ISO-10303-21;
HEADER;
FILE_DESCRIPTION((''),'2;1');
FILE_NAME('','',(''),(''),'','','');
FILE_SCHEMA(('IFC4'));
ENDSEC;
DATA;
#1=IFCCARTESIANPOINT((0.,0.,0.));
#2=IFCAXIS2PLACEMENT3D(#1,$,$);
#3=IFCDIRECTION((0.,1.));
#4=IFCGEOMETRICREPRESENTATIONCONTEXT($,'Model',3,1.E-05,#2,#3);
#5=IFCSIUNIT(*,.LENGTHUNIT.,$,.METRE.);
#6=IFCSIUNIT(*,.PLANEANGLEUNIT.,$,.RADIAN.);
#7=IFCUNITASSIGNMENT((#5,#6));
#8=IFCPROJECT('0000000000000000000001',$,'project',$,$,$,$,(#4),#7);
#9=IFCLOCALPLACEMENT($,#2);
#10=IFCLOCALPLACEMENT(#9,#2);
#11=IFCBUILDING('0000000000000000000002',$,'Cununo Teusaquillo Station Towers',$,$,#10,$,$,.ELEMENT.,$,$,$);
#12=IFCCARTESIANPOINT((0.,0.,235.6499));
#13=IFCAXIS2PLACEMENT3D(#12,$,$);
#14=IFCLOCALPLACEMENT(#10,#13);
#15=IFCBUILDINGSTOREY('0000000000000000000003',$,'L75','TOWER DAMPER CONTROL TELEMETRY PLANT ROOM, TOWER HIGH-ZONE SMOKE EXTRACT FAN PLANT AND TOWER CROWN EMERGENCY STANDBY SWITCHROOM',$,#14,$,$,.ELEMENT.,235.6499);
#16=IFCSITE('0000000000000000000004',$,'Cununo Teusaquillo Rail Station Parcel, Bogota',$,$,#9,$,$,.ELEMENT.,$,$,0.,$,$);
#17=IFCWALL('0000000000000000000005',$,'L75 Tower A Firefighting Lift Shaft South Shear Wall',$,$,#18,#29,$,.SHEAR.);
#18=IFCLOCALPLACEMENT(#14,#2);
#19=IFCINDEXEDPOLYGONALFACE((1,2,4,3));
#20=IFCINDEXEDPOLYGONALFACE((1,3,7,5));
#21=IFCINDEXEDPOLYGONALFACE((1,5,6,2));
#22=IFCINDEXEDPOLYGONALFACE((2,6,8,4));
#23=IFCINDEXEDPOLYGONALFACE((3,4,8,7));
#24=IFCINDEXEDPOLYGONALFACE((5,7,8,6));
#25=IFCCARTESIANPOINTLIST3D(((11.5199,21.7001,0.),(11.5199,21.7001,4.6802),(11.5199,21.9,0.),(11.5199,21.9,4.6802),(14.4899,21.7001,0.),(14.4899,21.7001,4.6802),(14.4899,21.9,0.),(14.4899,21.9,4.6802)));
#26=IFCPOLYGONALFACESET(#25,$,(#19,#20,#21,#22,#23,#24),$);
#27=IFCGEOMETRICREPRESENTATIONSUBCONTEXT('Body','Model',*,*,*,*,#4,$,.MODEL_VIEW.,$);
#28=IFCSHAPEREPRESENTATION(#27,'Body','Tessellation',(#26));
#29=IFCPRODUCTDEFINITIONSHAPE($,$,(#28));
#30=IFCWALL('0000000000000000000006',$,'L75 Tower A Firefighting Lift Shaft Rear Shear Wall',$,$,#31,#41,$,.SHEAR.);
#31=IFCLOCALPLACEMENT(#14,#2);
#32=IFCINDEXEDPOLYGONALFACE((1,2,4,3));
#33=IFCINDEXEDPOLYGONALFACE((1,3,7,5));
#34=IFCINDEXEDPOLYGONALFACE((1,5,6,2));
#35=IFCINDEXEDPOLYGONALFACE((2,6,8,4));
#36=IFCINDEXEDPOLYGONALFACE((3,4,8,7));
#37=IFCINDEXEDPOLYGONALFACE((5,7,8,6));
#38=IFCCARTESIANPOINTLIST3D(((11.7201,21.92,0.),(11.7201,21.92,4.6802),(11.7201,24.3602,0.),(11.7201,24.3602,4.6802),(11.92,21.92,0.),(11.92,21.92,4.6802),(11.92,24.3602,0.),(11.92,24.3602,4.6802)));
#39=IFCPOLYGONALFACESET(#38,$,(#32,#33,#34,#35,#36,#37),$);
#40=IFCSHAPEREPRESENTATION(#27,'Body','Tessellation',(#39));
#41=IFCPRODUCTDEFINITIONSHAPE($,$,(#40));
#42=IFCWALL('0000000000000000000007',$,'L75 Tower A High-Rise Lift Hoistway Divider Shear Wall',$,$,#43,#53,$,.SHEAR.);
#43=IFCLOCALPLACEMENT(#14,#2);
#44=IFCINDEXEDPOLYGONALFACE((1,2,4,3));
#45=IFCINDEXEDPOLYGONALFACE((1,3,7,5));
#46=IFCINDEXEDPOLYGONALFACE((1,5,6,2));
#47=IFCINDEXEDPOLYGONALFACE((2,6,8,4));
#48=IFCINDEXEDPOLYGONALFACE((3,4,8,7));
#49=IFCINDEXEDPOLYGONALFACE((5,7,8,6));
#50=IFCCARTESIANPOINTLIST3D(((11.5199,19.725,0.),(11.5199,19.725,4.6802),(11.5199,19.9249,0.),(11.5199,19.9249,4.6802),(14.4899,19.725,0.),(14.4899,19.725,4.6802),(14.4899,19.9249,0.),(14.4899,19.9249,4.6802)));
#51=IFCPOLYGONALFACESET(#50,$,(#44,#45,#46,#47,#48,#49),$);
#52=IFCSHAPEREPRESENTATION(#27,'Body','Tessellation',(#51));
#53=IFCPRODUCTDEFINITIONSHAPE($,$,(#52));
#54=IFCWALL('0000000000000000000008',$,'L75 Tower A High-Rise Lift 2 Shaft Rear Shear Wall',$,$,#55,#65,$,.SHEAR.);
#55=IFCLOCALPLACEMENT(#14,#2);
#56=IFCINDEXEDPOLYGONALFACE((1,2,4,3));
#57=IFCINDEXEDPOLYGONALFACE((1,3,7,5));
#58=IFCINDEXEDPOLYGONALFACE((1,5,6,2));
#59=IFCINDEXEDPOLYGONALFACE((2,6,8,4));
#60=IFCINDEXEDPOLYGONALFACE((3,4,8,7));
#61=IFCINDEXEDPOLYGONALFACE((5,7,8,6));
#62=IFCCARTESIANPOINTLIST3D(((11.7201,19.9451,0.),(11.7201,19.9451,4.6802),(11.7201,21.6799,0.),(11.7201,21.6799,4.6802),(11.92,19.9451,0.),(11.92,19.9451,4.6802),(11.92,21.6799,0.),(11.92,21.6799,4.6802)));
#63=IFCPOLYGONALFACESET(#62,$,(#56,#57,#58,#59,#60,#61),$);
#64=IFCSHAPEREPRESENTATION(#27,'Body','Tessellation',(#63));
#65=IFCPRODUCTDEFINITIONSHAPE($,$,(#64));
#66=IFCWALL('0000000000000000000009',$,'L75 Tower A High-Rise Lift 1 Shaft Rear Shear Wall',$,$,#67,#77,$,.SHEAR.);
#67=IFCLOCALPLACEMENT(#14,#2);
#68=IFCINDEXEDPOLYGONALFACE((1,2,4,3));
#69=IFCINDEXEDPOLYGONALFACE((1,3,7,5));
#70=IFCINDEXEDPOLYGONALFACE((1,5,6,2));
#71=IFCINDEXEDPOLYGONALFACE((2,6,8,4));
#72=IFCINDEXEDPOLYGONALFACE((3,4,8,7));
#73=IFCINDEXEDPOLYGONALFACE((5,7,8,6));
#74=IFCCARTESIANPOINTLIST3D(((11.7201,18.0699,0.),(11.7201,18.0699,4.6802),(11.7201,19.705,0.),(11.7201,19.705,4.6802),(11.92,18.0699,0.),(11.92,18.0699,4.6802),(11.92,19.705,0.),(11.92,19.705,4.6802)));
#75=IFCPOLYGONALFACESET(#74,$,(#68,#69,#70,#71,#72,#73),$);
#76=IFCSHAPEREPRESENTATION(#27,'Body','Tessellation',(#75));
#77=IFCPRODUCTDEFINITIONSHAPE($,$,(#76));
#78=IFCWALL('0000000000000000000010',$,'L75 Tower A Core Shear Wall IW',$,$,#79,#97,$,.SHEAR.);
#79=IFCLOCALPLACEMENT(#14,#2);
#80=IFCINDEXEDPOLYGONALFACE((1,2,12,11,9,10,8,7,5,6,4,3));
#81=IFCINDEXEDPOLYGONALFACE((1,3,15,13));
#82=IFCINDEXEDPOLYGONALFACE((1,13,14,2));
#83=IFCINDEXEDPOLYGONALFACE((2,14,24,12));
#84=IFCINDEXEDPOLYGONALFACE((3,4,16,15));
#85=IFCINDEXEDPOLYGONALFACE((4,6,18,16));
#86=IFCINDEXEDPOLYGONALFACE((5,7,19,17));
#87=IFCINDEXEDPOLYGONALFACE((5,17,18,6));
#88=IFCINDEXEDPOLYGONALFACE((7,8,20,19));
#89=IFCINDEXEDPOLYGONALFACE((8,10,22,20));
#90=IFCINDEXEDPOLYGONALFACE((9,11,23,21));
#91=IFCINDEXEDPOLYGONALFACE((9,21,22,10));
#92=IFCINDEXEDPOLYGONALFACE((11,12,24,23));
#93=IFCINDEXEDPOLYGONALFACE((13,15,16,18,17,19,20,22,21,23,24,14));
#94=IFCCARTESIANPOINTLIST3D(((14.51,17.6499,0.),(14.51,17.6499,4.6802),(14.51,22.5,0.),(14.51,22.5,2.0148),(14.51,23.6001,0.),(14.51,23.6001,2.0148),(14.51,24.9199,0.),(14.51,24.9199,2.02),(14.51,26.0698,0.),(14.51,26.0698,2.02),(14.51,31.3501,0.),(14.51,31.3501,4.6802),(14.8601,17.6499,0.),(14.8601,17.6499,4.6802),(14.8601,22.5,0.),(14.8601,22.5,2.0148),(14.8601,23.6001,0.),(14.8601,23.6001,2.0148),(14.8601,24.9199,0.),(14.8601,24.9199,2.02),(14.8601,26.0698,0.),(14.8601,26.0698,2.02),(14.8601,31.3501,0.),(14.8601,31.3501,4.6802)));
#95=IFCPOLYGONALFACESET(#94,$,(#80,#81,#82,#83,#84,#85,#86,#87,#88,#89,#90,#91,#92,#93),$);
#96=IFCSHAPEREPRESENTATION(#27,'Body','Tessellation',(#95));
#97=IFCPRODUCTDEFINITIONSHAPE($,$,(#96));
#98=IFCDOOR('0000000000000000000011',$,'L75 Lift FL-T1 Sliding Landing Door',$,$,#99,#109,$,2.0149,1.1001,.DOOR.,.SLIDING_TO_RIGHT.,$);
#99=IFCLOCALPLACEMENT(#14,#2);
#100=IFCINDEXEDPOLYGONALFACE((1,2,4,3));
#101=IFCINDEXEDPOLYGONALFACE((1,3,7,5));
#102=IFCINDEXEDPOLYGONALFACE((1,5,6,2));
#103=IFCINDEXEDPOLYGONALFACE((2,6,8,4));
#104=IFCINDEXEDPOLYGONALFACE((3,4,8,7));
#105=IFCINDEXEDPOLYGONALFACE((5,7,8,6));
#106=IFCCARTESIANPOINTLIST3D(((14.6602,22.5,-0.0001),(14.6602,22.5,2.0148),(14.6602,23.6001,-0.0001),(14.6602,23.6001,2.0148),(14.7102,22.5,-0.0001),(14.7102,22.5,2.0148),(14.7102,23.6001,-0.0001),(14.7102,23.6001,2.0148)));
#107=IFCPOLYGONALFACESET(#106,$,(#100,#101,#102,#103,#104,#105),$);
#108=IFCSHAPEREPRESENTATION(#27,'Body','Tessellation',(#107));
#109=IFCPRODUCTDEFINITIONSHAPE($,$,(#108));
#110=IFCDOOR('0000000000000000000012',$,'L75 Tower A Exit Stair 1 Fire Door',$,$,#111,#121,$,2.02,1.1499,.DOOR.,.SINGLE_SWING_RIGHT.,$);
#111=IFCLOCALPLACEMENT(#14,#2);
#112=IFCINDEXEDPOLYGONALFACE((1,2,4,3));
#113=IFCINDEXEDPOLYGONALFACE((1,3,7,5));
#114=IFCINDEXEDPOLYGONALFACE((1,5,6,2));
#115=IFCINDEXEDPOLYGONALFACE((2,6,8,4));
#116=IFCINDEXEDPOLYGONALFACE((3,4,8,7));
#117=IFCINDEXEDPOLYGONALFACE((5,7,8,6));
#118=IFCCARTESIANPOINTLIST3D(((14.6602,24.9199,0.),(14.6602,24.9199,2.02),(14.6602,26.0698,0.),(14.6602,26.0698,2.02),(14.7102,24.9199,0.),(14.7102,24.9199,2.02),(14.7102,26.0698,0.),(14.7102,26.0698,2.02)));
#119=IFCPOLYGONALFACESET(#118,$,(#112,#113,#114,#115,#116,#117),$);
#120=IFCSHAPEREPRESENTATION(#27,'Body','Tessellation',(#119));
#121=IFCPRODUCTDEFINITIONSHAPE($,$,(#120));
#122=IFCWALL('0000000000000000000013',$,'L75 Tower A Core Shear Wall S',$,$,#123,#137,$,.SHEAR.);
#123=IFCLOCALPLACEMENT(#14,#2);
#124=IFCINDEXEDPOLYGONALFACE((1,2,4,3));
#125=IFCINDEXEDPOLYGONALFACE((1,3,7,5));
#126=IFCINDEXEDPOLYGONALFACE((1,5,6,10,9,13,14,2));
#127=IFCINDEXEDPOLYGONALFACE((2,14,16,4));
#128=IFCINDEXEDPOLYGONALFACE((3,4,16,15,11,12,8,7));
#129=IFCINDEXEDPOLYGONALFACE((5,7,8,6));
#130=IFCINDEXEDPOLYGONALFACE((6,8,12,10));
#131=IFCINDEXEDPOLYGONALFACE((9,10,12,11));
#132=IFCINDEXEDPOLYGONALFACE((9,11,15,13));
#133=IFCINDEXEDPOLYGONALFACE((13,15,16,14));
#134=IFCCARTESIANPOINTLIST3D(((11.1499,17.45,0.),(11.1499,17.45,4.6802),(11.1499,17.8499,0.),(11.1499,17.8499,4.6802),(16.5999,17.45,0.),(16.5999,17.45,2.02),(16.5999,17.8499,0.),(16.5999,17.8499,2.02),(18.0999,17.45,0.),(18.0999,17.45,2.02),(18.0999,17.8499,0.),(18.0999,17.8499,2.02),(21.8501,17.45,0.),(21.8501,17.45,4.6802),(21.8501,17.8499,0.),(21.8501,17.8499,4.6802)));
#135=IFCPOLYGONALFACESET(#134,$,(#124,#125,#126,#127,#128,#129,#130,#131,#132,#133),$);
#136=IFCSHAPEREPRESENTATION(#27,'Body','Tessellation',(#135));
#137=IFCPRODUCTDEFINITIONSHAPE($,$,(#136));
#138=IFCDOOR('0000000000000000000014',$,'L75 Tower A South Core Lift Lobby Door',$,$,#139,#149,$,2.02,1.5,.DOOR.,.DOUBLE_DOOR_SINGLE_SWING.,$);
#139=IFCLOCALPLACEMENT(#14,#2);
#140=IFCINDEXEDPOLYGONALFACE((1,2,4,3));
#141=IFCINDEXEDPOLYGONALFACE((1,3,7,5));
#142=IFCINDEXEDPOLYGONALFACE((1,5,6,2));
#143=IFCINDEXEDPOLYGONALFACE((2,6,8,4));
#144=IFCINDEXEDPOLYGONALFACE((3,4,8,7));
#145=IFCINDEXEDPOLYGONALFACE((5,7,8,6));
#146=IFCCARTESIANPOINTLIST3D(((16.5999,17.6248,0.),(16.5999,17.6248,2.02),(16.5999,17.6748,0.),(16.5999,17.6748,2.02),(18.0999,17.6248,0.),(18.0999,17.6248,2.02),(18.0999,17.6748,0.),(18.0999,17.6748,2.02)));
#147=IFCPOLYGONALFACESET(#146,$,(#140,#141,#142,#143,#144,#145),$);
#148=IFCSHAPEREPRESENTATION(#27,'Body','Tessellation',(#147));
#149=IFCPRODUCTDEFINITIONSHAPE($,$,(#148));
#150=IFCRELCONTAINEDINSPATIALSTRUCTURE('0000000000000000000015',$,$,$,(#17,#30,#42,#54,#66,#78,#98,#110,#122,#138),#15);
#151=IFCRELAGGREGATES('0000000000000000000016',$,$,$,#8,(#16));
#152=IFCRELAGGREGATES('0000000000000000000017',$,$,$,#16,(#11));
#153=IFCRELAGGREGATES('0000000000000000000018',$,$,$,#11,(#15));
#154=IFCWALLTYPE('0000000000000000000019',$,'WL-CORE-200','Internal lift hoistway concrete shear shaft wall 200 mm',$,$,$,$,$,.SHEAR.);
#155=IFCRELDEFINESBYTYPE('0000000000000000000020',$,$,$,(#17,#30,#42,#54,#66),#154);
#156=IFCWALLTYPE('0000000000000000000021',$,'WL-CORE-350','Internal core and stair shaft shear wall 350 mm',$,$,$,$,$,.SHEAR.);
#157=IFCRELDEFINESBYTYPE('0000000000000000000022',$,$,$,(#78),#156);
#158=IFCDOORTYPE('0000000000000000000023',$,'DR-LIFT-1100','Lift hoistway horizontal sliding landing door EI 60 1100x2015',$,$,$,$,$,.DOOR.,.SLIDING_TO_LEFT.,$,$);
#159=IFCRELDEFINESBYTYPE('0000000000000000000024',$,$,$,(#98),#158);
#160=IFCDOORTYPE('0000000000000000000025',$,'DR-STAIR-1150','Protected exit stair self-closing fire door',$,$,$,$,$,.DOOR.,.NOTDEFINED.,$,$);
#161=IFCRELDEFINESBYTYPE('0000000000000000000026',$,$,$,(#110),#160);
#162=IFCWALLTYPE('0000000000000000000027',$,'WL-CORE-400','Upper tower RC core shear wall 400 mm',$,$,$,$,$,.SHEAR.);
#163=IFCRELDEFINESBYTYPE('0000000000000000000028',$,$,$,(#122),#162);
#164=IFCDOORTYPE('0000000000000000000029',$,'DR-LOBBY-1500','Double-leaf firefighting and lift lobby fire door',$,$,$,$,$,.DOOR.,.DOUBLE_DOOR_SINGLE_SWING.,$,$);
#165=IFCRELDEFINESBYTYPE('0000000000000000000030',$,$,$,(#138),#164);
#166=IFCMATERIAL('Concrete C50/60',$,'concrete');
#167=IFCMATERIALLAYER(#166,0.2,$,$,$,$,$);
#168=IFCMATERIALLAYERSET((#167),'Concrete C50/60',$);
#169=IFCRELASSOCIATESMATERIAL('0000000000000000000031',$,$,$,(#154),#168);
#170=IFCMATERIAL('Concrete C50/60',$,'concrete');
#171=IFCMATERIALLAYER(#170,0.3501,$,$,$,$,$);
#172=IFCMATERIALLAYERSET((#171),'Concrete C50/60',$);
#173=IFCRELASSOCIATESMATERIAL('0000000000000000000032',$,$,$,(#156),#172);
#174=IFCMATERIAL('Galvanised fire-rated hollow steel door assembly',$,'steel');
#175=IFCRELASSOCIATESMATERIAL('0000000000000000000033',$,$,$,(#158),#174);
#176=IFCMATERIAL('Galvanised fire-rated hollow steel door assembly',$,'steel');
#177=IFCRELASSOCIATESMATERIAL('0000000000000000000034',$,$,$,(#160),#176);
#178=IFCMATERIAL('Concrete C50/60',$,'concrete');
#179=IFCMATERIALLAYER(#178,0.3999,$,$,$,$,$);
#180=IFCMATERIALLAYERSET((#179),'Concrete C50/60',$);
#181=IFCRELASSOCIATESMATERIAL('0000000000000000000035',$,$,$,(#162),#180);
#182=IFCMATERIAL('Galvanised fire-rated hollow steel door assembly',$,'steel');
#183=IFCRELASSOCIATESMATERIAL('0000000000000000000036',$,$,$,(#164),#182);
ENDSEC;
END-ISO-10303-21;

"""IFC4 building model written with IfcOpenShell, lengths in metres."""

from ifc_helpers import new_model, si_unit, direction, frame, frame_2d, origin, place, context, subcontext, project, spatial, rectangle, extrude, source, transform, mapped, material, layer, layer_set, type_object, element, fill, save


model = new_model("IFC4")

# Units and contexts
model_context = context("Model", 3, precision=1e-05, world=origin(), true_north=direction((0.0, 1.0)))
body_context = subcontext(model_context, "Body", "Model", "MODEL_VIEW")
ifc_project = project(units=[si_unit("LENGTHUNIT", "METRE"), si_unit("PLANEANGLEUNIT", "RADIAN")], contexts=[model_context])

# Site, building, storey
site_placement = place(None, origin())
site = spatial("IfcSite", under=ifc_project, at=site_placement, Name="Cununo Teusaquillo Rail Station Parcel, Bogota", CompositionType="ELEMENT", RefElevation=0.0)
building_placement = place(site_placement, origin())
building = spatial("IfcBuilding", under=site, at=building_placement, Name="Cununo Teusaquillo Station Towers", CompositionType="ELEMENT")
storey_placement = place(building_placement, frame((0.0, 0.0, 235.6499)))
storey = spatial("IfcBuildingStorey", under=building, at=storey_placement, Name="L75", Description="TOWER DAMPER CONTROL TELEMETRY PLANT ROOM, TOWER HIGH-ZONE SMOKE EXTRACT FAN PLANT AND TOWER CROWN EMERGENCY STANDBY SWITCHROOM", CompositionType="ELEMENT", Elevation=235.6499)

# Walls
ifc_material_1 = material(Name="Concrete C50/60", Category="concrete")
ifc_layer_1 = layer(ifc_material_1, 0.2)
ifc_layer_set_1 = layer_set([ifc_layer_1], Name="Concrete C50/60")
wall_type_1 = type_object("IfcWallType", Name="WL-CORE-200", Description="Internal lift hoistway concrete shear shaft wall 200 mm", PredefinedType="SHEAR", material=ifc_layer_set_1)
wall_1_placement = place(storey_placement, frame((11.52, 21.8, 0.0), z_axis=(0.0, 0.0, 1.0), x_axis=(1.0, 0.0, 0.0)))
element("IfcWall", 1, at=wall_1_placement, inside=storey, type_object=wall_type_1, Name="L75 Tower A Firefighting Lift Shaft South Shear Wall", PredefinedType="SHEAR", context=body_context, shape_type="SweptSolid", body=[
    extrude(rectangle(XDim=2.97, YDim=0.2, at=frame_2d((1.4849, 0.0))), origin(), (0.0, 0.0, 1.0), 4.6802),
])
wall_2_placement = place(storey_placement, frame((11.8201, 21.9199, 0.0), z_axis=(0.0, 0.0, 1.0), x_axis=(0.0, 1.0, 0.0)))
element("IfcWall", 2, at=wall_2_placement, inside=storey, type_object=wall_type_1, Name="L75 Tower A Firefighting Lift Shaft Rear Shear Wall", PredefinedType="SHEAR", context=body_context, shape_type="SweptSolid", body=[
    extrude(rectangle(XDim=2.4402, YDim=0.2, at=frame_2d((1.2202, 0.0))), origin(), (0.0, 0.0, 1.0), 4.6802),
])
wall_3_placement = place(storey_placement, frame((11.52, 19.825, 0.0), z_axis=(0.0, 0.0, 1.0), x_axis=(1.0, 0.0, 0.0)))
element("IfcWall", 3, at=wall_3_placement, inside=storey, type_object=wall_type_1, Name="L75 Tower A High-Rise Lift Hoistway Divider Shear Wall", PredefinedType="SHEAR", context=body_context, shape_type="SweptSolid", body=[
    extrude(rectangle(XDim=2.97, YDim=0.2, at=frame_2d((1.4849, 0.0))), origin(), (0.0, 0.0, 1.0), 4.6802),
])
wall_4_placement = place(storey_placement, frame((11.8201, 19.9451, 0.0), z_axis=(0.0, 0.0, 1.0), x_axis=(0.0, 1.0, 0.0)))
element("IfcWall", 4, at=wall_4_placement, inside=storey, type_object=wall_type_1, Name="L75 Tower A High-Rise Lift 2 Shaft Rear Shear Wall", PredefinedType="SHEAR", context=body_context, shape_type="SweptSolid", body=[
    extrude(rectangle(XDim=1.7349, YDim=0.2, at=frame_2d((0.8674, 0.0))), origin(), (0.0, 0.0, 1.0), 4.6802),
])
wall_5_placement = place(storey_placement, frame((11.8201, 18.0701, 0.0), z_axis=(0.0, 0.0, 1.0), x_axis=(0.0, 1.0, 0.0)))
element("IfcWall", 5, at=wall_5_placement, inside=storey, type_object=wall_type_1, Name="L75 Tower A High-Rise Lift 1 Shaft Rear Shear Wall", PredefinedType="SHEAR", context=body_context, shape_type="SweptSolid", body=[
    extrude(rectangle(XDim=1.635, YDim=0.2, at=frame_2d((0.8174, 0.0))), origin(), (0.0, 0.0, 1.0), 4.6802),
])

# Wall, openings, doors
ifc_material_2 = material(Name="Concrete C50/60", Category="concrete")
ifc_layer_2 = layer(ifc_material_2, 0.3501)
ifc_layer_set_2 = layer_set([ifc_layer_2], Name="Concrete C50/60")
wall_type_2 = type_object("IfcWallType", Name="WL-CORE-350", Description="Internal core and stair shaft shear wall 350 mm", PredefinedType="SHEAR", material=ifc_layer_set_2)
wall_6_placement = place(storey_placement, frame((14.6851, 17.6499, 0.0), z_axis=(0.0, 0.0, 1.0), x_axis=(0.0, 1.0, 0.0)))
wall_6 = element("IfcWall", 6, at=wall_6_placement, inside=storey, type_object=wall_type_2, Name="L75 Tower A Core Shear Wall IW", PredefinedType="SHEAR", context=body_context, shape_type="SweptSolid", body=[
    extrude(rectangle(XDim=13.7002, YDim=0.3501, at=frame_2d((6.8501, 0.0))), origin(), (0.0, 0.0, 1.0), 4.6802),
])
shared_shape_1 = source(origin(), body_context, "Body", "SweptSolid", [
    extrude(rectangle(XDim=1.1001, YDim=2.0149, at=frame_2d((0.55, 1.0073))), frame((0.0, 0.1851, 0.0), z_axis=(0.0, -1.0, 0.0), x_axis=(1.0, 0.0, 0.0)), (0.0, 0.0, 1.0), 0.3701),
])
opening_1_placement = place(wall_6_placement, frame((4.8501, 0.0, 0.0)))
opening_1 = element("IfcOpeningElement", 7, at=opening_1_placement, cuts=wall_6, PredefinedType="OPENING", context=body_context, shape_type="MappedRepresentation", body=[
    mapped(shared_shape_1, transform((0.0, 0.0, 0.0), x_axis=(1.0, 0.0, 0.0), y_axis=(0.0, 1.0, 0.0), z_axis=(0.0, 0.0, 1.0), scale=1.0)),
])
shared_shape_2 = source(origin(), body_context, "Body", "SweptSolid", [
    extrude(rectangle(XDim=1.1499, YDim=2.02, at=frame_2d((0.575, 1.01))), frame((0.0, 0.1851, 0.0), z_axis=(0.0, -1.0, 0.0), x_axis=(1.0, 0.0, 0.0)), (0.0, 0.0, 1.0), 0.3701),
])
opening_2_placement = place(wall_6_placement, frame((7.27, 0.0, 0.0)))
opening_2 = element("IfcOpeningElement", 8, at=opening_2_placement, cuts=wall_6, PredefinedType="OPENING", context=body_context, shape_type="MappedRepresentation", body=[
    mapped(shared_shape_2, transform((0.0, 0.0, 0.0), x_axis=(1.0, 0.0, 0.0), y_axis=(0.0, 1.0, 0.0), z_axis=(0.0, 0.0, 1.0), scale=1.0)),
])
ifc_material_3 = material(Name="Galvanised fire-rated hollow steel door assembly", Category="steel")
door_type_1 = type_object("IfcDoorType", Name="DR-LIFT-1100", Description="Lift hoistway horizontal sliding landing door EI 60 1100x2015", OperationType="SLIDING_TO_LEFT", PredefinedType="DOOR", material=ifc_material_3)
shared_shape_3 = source(origin(), body_context, "Body", "SweptSolid", [
    extrude(rectangle(XDim=1.1001, YDim=2.0149, at=frame_2d((0.55, 1.0073))), frame((0.0, 0.0249, 0.0), z_axis=(0.0, -1.0, 0.0), x_axis=(1.0, 0.0, 0.0)), (0.0, 0.0, 1.0), 0.05),
])
door_1_placement = place(opening_1_placement, origin())
door_1 = element("IfcDoor", 9, at=door_1_placement, inside=storey, type_object=door_type_1, Name="L75 Lift FL-T1 Sliding Landing Door", OperationType="SLIDING_TO_RIGHT", OverallHeight=2.0149, OverallWidth=1.1001, PredefinedType="DOOR", context=body_context, shape_type="MappedRepresentation", body=[
    mapped(shared_shape_3, transform((0.0, 0.0, 0.0), x_axis=(1.0, 0.0, 0.0), y_axis=(0.0, 1.0, 0.0), z_axis=(0.0, 0.0, 1.0), scale=1.0)),
])
fill(opening_1, door_1)
ifc_material_4 = material(Name="Galvanised fire-rated hollow steel door assembly", Category="steel")
door_type_2 = type_object("IfcDoorType", Name="DR-STAIR-1150", Description="Protected exit stair self-closing fire door", OperationType="NOTDEFINED", PredefinedType="DOOR", material=ifc_material_4)
shared_shape_4 = source(origin(), body_context, "Body", "SweptSolid", [
    extrude(rectangle(XDim=1.1499, YDim=2.02, at=frame_2d((0.575, 1.01))), frame((0.0, 0.0249, 0.0), z_axis=(0.0, -1.0, 0.0), x_axis=(1.0, 0.0, 0.0)), (0.0, 0.0, 1.0), 0.05),
])
door_2_placement = place(opening_2_placement, origin())
door_2 = element("IfcDoor", 10, at=door_2_placement, inside=storey, type_object=door_type_2, Name="L75 Tower A Exit Stair 1 Fire Door", OperationType="SINGLE_SWING_RIGHT", OverallHeight=2.02, OverallWidth=1.1499, PredefinedType="DOOR", context=body_context, shape_type="MappedRepresentation", body=[
    mapped(shared_shape_4, transform((0.0, 0.0, 0.0), x_axis=(1.0, 0.0, 0.0), y_axis=(0.0, 1.0, 0.0), z_axis=(0.0, 0.0, 1.0), scale=1.0)),
])
fill(opening_2, door_2)

# Wall, opening, door
ifc_material_5 = material(Name="Concrete C50/60", Category="concrete")
ifc_layer_3 = layer(ifc_material_5, 0.3999)
ifc_layer_set_3 = layer_set([ifc_layer_3], Name="Concrete C50/60")
wall_type_3 = type_object("IfcWallType", Name="WL-CORE-400", Description="Upper tower RC core shear wall 400 mm", PredefinedType="SHEAR", material=ifc_layer_set_3)
wall_7_placement = place(storey_placement, frame((11.1499, 17.6499, 0.0), z_axis=(0.0, 0.0, 1.0), x_axis=(1.0, 0.0, 0.0)))
wall_7 = element("IfcWall", 11, at=wall_7_placement, inside=storey, type_object=wall_type_3, Name="L75 Tower A Core Shear Wall S", PredefinedType="SHEAR", context=body_context, shape_type="SweptSolid", body=[
    extrude(rectangle(XDim=10.7002, YDim=0.3999, at=frame_2d((5.3501, 0.0))), origin(), (0.0, 0.0, 1.0), 4.6802),
])
shared_shape_5 = source(origin(), body_context, "Body", "SweptSolid", [
    extrude(rectangle(XDim=1.5, YDim=2.02, at=frame_2d((0.75, 1.01))), frame((0.0, 0.21, 0.0), z_axis=(0.0, -1.0, 0.0), x_axis=(1.0, 0.0, 0.0)), (0.0, 0.0, 1.0), 0.4199),
])
opening_3_placement = place(wall_7_placement, frame((5.45, 0.0, 0.0)))
opening_3 = element("IfcOpeningElement", 12, at=opening_3_placement, cuts=wall_7, PredefinedType="OPENING", context=body_context, shape_type="MappedRepresentation", body=[
    mapped(shared_shape_5, transform((0.0, 0.0, 0.0), x_axis=(1.0, 0.0, 0.0), y_axis=(0.0, 1.0, 0.0), z_axis=(0.0, 0.0, 1.0), scale=1.0)),
])
ifc_material_6 = material(Name="Galvanised fire-rated hollow steel door assembly", Category="steel")
door_type_3 = type_object("IfcDoorType", Name="DR-LOBBY-1500", Description="Double-leaf firefighting and lift lobby fire door", OperationType="DOUBLE_DOOR_SINGLE_SWING", PredefinedType="DOOR", material=ifc_material_6)
shared_shape_6 = source(origin(), body_context, "Body", "SweptSolid", [
    extrude(rectangle(XDim=1.5, YDim=2.02, at=frame_2d((0.75, 1.01))), frame((0.0, 0.0249, 0.0), z_axis=(0.0, -1.0, 0.0), x_axis=(1.0, 0.0, 0.0)), (0.0, 0.0, 1.0), 0.05),
])
door_3_placement = place(opening_3_placement, origin())
door_3 = element("IfcDoor", 13, at=door_3_placement, inside=storey, type_object=door_type_3, Name="L75 Tower A South Core Lift Lobby Door", OperationType="DOUBLE_DOOR_SINGLE_SWING", OverallHeight=2.02, OverallWidth=1.5, PredefinedType="DOOR", context=body_context, shape_type="MappedRepresentation", body=[
    mapped(shared_shape_6, transform((0.0, 0.0, 0.0), x_axis=(1.0, 0.0, 0.0), y_axis=(0.0, 1.0, 0.0), z_axis=(0.0, 0.0, 1.0), scale=1.0)),
])
fill(opening_3, door_3)

save(model, "model.ifc")
